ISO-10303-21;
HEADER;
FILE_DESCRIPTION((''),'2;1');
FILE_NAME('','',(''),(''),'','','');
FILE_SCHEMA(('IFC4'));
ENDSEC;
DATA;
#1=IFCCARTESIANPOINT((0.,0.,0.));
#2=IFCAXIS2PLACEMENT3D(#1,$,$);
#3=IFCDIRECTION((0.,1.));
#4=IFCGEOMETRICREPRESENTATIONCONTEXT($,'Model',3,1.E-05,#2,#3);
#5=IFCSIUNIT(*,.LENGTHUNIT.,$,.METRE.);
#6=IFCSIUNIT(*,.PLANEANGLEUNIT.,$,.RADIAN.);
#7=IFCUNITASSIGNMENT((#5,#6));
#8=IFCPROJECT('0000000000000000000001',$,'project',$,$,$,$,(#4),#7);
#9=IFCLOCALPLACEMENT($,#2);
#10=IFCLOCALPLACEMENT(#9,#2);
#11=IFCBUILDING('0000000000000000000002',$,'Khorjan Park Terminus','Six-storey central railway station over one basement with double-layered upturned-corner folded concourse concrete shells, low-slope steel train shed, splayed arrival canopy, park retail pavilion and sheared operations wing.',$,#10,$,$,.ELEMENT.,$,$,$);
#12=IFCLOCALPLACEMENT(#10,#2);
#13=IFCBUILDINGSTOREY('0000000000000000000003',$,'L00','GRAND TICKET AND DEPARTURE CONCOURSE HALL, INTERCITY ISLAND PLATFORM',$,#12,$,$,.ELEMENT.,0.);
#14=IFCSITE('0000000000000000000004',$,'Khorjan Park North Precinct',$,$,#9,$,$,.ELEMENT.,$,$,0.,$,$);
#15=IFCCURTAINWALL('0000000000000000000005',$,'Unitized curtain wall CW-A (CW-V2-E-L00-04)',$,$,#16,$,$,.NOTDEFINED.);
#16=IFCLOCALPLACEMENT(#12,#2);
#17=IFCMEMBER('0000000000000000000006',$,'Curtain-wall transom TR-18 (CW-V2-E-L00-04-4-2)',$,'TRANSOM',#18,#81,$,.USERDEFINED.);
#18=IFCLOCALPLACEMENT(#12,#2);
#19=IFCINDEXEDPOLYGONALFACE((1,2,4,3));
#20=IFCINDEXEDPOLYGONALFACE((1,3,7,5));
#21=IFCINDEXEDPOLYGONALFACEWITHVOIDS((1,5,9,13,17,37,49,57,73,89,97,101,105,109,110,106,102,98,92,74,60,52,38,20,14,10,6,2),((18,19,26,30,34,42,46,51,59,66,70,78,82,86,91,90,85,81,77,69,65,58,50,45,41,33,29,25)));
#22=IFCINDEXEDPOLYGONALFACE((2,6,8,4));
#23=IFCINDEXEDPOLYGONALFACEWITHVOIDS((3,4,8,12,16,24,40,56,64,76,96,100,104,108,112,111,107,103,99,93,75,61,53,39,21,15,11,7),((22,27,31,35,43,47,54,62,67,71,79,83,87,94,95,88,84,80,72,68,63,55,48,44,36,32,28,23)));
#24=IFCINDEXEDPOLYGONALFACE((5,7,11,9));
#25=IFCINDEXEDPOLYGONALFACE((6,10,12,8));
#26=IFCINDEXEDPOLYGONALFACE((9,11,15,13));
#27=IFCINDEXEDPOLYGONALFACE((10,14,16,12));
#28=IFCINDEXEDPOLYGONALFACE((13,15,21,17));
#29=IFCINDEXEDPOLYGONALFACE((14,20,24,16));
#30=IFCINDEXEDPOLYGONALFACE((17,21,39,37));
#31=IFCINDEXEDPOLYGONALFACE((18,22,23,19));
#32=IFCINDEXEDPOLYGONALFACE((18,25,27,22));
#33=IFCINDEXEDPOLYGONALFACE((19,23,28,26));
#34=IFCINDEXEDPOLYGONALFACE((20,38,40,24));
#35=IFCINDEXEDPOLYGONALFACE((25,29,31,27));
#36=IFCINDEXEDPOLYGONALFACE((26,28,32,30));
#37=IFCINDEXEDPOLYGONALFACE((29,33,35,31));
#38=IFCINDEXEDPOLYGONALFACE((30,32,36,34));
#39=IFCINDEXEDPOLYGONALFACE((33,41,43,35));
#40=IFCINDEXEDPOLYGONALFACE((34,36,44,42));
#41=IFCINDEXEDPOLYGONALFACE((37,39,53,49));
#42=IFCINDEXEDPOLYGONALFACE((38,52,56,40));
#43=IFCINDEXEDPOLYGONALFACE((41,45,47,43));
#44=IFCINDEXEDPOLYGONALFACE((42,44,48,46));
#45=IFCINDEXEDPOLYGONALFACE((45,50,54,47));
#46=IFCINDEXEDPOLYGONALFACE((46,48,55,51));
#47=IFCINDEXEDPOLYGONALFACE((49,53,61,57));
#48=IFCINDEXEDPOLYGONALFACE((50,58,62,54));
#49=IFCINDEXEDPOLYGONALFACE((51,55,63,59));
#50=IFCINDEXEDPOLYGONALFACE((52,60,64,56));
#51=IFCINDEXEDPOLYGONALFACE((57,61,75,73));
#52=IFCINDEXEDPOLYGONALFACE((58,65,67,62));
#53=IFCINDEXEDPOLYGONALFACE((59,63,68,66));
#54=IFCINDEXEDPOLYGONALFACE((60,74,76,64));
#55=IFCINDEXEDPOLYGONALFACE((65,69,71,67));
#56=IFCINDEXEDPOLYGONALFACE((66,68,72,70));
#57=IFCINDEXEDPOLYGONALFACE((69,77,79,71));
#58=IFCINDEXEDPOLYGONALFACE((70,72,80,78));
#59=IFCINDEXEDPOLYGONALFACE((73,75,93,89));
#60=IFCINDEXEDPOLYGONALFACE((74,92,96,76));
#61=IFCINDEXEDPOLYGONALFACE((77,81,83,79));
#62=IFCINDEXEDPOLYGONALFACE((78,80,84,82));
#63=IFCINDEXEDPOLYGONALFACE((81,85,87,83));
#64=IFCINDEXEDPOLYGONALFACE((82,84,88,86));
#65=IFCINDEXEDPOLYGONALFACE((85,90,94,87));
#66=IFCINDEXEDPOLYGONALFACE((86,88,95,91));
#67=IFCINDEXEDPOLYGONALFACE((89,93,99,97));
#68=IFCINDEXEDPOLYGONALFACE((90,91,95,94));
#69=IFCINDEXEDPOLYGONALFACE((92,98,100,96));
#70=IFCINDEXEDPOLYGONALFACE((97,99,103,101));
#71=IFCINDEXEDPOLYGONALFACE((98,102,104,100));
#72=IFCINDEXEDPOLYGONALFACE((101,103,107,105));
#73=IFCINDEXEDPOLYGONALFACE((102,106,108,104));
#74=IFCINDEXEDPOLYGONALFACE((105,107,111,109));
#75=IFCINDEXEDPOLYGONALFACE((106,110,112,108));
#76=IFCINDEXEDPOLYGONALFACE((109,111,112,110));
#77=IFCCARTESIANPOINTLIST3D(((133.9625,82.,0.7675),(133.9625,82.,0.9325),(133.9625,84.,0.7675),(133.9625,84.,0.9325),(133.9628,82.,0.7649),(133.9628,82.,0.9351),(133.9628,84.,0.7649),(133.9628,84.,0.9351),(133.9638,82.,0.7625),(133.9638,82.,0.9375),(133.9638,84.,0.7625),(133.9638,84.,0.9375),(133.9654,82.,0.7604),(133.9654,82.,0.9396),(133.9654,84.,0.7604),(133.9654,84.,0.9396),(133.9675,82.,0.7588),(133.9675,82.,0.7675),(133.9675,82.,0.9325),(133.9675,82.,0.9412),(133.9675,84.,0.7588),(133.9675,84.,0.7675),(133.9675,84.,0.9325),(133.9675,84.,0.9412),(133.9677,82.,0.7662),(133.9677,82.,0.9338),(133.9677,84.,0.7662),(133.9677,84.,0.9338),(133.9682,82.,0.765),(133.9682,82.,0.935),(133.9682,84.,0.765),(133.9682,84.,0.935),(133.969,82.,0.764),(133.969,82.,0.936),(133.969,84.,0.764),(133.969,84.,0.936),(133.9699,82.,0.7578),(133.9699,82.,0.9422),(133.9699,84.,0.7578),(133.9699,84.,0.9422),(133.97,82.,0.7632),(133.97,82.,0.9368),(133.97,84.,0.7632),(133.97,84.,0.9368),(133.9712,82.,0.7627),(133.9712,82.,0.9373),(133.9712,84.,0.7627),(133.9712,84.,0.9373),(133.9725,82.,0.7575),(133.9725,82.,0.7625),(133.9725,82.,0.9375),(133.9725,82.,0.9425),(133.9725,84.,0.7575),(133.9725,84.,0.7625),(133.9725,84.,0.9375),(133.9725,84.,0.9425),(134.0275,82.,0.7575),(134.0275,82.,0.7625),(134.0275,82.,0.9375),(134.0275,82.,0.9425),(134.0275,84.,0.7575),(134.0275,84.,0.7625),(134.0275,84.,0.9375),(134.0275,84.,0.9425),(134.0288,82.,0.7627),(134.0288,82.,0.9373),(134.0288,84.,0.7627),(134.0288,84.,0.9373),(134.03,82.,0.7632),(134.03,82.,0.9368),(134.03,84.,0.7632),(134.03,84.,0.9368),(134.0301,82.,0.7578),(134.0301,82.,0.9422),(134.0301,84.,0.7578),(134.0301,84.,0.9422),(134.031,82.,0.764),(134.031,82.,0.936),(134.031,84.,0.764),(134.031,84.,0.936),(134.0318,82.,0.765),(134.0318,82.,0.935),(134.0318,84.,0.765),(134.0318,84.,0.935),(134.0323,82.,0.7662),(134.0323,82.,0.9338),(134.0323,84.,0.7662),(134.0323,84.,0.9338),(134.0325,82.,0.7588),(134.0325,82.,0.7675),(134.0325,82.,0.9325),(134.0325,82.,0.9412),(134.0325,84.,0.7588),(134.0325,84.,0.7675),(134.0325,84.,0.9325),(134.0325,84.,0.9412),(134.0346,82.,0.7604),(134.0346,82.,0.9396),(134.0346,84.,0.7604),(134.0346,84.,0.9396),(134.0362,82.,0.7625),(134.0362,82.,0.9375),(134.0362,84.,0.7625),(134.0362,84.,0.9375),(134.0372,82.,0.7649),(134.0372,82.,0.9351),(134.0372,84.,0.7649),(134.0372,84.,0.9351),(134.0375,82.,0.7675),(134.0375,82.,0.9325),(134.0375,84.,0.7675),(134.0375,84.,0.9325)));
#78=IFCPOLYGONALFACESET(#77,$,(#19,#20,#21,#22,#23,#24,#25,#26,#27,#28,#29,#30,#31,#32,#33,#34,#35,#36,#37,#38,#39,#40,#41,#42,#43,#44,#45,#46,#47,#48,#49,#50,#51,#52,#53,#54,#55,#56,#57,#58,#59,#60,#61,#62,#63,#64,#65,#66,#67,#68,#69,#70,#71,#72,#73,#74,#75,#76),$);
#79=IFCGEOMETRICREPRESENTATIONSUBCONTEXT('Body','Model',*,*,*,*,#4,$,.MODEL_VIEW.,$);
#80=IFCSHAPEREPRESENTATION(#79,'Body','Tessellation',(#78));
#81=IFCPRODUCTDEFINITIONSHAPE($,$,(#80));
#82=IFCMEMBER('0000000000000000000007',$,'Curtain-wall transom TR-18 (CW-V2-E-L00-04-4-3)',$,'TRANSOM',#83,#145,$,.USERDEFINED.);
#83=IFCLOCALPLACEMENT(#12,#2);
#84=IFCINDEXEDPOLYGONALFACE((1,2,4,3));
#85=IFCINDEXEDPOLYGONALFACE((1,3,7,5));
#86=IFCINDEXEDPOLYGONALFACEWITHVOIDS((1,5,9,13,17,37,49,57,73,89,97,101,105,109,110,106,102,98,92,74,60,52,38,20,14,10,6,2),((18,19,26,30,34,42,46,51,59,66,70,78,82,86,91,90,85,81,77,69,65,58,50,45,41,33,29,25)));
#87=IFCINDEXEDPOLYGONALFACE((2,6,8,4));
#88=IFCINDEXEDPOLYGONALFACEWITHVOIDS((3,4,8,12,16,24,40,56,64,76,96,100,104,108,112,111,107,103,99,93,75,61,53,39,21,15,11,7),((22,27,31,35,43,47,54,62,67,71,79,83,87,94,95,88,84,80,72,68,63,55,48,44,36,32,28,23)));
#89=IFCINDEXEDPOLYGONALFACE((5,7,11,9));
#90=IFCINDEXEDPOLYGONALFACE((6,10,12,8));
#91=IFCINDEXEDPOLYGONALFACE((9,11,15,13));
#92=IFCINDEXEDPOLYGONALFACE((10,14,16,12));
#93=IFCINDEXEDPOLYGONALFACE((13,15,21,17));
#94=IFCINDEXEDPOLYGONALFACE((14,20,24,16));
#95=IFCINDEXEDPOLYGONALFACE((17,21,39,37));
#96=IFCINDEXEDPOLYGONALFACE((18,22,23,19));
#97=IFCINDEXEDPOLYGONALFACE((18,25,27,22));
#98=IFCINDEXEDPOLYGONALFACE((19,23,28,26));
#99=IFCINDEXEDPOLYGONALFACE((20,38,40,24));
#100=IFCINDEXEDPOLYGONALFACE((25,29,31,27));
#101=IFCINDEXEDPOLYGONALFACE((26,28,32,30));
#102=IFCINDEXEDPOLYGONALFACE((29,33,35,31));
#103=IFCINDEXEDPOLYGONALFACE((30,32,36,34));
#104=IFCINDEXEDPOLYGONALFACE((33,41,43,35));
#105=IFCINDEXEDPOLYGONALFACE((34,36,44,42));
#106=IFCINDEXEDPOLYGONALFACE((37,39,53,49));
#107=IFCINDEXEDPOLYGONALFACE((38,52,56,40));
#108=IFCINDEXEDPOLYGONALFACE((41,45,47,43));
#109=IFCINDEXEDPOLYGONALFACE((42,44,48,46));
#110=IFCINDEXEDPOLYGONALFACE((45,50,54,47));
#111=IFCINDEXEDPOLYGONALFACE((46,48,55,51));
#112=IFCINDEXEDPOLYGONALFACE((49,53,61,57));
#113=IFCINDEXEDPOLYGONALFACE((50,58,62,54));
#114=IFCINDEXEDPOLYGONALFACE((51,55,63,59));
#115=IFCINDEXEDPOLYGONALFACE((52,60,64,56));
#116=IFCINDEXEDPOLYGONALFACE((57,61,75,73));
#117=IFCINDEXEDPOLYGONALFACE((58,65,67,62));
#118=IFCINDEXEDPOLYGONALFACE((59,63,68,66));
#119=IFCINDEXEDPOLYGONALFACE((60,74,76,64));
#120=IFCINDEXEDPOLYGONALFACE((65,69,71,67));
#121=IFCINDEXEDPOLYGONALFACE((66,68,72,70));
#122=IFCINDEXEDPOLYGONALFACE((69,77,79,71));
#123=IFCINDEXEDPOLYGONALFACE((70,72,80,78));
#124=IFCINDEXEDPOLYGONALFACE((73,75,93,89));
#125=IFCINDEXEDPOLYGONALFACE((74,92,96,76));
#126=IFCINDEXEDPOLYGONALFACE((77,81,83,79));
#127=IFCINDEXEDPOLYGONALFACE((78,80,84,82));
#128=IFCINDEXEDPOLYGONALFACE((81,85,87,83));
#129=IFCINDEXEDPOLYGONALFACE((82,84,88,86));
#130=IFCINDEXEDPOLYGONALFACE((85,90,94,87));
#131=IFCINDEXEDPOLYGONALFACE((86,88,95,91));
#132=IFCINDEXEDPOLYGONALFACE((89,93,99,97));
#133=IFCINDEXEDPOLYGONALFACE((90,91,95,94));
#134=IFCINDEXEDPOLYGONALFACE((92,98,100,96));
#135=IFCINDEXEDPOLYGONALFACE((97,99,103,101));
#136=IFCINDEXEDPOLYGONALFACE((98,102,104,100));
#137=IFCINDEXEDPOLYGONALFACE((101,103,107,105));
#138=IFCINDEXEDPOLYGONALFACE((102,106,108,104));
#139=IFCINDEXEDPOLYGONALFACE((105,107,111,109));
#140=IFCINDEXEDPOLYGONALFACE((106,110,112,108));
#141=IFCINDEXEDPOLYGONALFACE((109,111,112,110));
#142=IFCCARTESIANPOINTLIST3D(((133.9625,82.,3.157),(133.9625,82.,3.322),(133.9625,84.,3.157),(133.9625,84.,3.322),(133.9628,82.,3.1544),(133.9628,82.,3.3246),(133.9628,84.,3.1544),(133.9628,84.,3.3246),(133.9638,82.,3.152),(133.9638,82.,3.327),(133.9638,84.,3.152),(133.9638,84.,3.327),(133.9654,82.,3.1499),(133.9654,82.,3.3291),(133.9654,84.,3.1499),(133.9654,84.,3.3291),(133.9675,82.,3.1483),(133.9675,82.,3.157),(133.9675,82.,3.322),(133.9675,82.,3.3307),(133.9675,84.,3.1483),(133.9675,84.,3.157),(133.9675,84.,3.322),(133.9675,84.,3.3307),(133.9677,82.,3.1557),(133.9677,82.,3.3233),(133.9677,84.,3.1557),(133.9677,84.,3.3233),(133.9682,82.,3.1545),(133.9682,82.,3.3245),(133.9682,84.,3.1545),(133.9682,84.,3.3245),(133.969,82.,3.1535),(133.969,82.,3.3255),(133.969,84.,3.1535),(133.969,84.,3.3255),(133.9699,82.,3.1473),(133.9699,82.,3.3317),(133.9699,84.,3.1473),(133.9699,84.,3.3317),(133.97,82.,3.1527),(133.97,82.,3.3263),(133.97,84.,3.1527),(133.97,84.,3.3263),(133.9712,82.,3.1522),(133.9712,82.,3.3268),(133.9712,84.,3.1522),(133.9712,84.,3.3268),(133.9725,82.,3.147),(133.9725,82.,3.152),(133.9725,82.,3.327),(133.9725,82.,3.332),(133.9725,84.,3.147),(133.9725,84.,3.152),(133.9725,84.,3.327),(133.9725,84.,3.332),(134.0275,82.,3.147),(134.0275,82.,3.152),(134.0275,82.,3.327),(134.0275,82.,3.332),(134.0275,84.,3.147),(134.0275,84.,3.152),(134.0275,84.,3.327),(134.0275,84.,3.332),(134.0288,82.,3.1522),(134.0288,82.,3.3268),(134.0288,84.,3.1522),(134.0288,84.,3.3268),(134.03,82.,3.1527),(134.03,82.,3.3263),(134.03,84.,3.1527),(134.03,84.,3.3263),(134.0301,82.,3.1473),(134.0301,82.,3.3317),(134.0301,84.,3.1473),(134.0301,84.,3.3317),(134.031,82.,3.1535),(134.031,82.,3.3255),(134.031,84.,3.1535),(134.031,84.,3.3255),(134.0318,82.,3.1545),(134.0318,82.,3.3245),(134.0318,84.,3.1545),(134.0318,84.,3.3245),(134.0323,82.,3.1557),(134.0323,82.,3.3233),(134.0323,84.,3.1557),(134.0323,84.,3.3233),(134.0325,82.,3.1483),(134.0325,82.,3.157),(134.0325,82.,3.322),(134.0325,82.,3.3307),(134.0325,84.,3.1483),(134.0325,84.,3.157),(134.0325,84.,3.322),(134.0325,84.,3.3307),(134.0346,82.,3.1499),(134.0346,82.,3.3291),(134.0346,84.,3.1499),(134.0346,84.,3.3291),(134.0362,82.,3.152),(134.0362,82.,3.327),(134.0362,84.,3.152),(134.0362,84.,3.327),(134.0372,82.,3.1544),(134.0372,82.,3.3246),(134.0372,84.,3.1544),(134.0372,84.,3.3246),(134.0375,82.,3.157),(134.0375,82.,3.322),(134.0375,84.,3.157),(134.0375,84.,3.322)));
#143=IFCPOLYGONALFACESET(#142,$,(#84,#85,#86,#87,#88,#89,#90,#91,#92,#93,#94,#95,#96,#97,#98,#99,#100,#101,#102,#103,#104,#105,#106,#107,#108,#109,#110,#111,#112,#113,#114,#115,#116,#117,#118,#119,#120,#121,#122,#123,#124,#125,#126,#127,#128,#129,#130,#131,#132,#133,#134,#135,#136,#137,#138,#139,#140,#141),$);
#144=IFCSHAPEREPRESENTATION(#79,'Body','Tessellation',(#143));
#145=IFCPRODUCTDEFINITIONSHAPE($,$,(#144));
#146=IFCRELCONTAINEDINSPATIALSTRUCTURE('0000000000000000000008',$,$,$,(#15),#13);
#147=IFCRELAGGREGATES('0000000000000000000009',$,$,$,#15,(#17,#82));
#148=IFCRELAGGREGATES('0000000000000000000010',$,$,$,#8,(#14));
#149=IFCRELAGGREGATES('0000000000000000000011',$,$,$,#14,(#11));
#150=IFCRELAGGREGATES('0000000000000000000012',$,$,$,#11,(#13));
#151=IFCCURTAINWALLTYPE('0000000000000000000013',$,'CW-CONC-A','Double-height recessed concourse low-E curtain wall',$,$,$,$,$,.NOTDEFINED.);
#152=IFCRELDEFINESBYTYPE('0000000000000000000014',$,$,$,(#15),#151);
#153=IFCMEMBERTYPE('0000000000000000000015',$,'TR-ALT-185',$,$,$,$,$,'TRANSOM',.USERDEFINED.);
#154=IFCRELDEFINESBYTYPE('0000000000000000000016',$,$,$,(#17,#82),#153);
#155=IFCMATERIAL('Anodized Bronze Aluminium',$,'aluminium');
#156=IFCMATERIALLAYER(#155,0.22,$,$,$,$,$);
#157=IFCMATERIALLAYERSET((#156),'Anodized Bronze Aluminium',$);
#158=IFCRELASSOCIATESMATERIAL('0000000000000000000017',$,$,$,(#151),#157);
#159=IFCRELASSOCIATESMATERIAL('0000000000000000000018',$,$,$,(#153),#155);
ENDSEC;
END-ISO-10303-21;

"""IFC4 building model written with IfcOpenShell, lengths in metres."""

from ifc_helpers import new_model, si_unit, direction, frame, origin, origin_2d, place, context, subcontext, project, spatial, hollow_rectangle, extrude, material, layer, layer_set, material_profile, profile_set, type_object, element, aggregate, save


model = new_model("IFC4")

# Units and contexts
model_context = context("Model", 3, precision=1e-05, world=origin(), true_north=direction((0.0, 1.0)))
body_context = subcontext(model_context, "Body", "Model", "MODEL_VIEW")
ifc_project = project(units=[si_unit("LENGTHUNIT", "METRE"), si_unit("PLANEANGLEUNIT", "RADIAN")], contexts=[model_context])

# Site, building, storey
site_placement = place(None, origin())
site = spatial("IfcSite", under=ifc_project, at=site_placement, Name="Khorjan Park North Precinct", CompositionType="ELEMENT", RefElevation=0.0)
building_placement = place(site_placement, origin())
building = spatial("IfcBuilding", under=site, at=building_placement, Name="Khorjan Park Terminus", Description="Six-storey central railway station over one basement with double-layered upturned-corner folded concourse concrete shells, low-slope steel train shed, splayed arrival canopy, park retail pavilion and sheared operations wing.", CompositionType="ELEMENT")
storey_placement = place(building_placement, origin())
storey = spatial("IfcBuildingStorey", under=building, at=storey_placement, Name="L00", Description="GRAND TICKET AND DEPARTURE CONCOURSE HALL, INTERCITY ISLAND PLATFORM", CompositionType="ELEMENT", Elevation=0.0)

# Curtain wall, members
ifc_material_1 = material(Name="Anodized Bronze Aluminium", Category="aluminium")
ifc_layer_1 = layer(ifc_material_1, 0.22)
ifc_layer_set_1 = layer_set([ifc_layer_1], Name="Anodized Bronze Aluminium")
curtain_wall_type = type_object("IfcCurtainWallType", Name="CW-CONC-A", Description="Double-height recessed concourse low-E curtain wall", PredefinedType="NOTDEFINED", material=ifc_layer_set_1)
curtain_wall_placement = place(storey_placement, origin())
curtain_wall = element("IfcCurtainWall", 1, at=curtain_wall_placement, inside=storey, type_object=curtain_wall_type, Name="Unitized curtain wall CW-A (CW-V2-E-L00-04)", PredefinedType="NOTDEFINED")
ifc_material_profile_1 = material_profile(ifc_material_1, hollow_rectangle(XDim=0.075, YDim=0.185, WallThickness=0.005, InnerFilletRadius=0.005, OuterFilletRadius=0.01, at=origin_2d()), Name="ALT 75x185x5")
ifc_profile_set_1 = profile_set([ifc_material_profile_1], Name="Anodized Bronze Aluminium")
member_type_1 = type_object("IfcMemberType", Name="TR-ALT-185", ElementType="TRANSOM", PredefinedType="USERDEFINED", material=ifc_profile_set_1)
member_1_placement = place(storey_placement, frame((134.0, 82.0, 0.85), z_axis=(0.0, 1.0, 0.0), x_axis=(-1.0, 0.0, 0.0)))
member_1 = element("IfcMember", 2, at=member_1_placement, type_object=member_type_1, Name="Curtain-wall transom TR-18 (CW-V2-E-L00-04-4-2)", ObjectType="TRANSOM", PredefinedType="USERDEFINED", context=body_context, shape_type="SweptSolid", body=[
    extrude(hollow_rectangle(XDim=0.075, YDim=0.185, WallThickness=0.005, InnerFilletRadius=0.005, OuterFilletRadius=0.01, at=origin_2d()), origin(), (0.0, 0.0, 1.0), 2.0),
])
member_2_placement = place(storey_placement, frame((134.0, 82.0, 3.2395), z_axis=(0.0, 1.0, 0.0), x_axis=(-1.0, 0.0, 0.0)))
member_2 = element("IfcMember", 3, at=member_2_placement, type_object=member_type_1, Name="Curtain-wall transom TR-18 (CW-V2-E-L00-04-4-3)", ObjectType="TRANSOM", PredefinedType="USERDEFINED", context=body_context, shape_type="SweptSolid", body=[
    extrude(hollow_rectangle(XDim=0.075, YDim=0.185, WallThickness=0.005, InnerFilletRadius=0.005, OuterFilletRadius=0.01, at=origin_2d()), origin(), (0.0, 0.0, 1.0), 2.0),
])
aggregate(curtain_wall, [member_1, member_2])

save(model, "model.ifc")
